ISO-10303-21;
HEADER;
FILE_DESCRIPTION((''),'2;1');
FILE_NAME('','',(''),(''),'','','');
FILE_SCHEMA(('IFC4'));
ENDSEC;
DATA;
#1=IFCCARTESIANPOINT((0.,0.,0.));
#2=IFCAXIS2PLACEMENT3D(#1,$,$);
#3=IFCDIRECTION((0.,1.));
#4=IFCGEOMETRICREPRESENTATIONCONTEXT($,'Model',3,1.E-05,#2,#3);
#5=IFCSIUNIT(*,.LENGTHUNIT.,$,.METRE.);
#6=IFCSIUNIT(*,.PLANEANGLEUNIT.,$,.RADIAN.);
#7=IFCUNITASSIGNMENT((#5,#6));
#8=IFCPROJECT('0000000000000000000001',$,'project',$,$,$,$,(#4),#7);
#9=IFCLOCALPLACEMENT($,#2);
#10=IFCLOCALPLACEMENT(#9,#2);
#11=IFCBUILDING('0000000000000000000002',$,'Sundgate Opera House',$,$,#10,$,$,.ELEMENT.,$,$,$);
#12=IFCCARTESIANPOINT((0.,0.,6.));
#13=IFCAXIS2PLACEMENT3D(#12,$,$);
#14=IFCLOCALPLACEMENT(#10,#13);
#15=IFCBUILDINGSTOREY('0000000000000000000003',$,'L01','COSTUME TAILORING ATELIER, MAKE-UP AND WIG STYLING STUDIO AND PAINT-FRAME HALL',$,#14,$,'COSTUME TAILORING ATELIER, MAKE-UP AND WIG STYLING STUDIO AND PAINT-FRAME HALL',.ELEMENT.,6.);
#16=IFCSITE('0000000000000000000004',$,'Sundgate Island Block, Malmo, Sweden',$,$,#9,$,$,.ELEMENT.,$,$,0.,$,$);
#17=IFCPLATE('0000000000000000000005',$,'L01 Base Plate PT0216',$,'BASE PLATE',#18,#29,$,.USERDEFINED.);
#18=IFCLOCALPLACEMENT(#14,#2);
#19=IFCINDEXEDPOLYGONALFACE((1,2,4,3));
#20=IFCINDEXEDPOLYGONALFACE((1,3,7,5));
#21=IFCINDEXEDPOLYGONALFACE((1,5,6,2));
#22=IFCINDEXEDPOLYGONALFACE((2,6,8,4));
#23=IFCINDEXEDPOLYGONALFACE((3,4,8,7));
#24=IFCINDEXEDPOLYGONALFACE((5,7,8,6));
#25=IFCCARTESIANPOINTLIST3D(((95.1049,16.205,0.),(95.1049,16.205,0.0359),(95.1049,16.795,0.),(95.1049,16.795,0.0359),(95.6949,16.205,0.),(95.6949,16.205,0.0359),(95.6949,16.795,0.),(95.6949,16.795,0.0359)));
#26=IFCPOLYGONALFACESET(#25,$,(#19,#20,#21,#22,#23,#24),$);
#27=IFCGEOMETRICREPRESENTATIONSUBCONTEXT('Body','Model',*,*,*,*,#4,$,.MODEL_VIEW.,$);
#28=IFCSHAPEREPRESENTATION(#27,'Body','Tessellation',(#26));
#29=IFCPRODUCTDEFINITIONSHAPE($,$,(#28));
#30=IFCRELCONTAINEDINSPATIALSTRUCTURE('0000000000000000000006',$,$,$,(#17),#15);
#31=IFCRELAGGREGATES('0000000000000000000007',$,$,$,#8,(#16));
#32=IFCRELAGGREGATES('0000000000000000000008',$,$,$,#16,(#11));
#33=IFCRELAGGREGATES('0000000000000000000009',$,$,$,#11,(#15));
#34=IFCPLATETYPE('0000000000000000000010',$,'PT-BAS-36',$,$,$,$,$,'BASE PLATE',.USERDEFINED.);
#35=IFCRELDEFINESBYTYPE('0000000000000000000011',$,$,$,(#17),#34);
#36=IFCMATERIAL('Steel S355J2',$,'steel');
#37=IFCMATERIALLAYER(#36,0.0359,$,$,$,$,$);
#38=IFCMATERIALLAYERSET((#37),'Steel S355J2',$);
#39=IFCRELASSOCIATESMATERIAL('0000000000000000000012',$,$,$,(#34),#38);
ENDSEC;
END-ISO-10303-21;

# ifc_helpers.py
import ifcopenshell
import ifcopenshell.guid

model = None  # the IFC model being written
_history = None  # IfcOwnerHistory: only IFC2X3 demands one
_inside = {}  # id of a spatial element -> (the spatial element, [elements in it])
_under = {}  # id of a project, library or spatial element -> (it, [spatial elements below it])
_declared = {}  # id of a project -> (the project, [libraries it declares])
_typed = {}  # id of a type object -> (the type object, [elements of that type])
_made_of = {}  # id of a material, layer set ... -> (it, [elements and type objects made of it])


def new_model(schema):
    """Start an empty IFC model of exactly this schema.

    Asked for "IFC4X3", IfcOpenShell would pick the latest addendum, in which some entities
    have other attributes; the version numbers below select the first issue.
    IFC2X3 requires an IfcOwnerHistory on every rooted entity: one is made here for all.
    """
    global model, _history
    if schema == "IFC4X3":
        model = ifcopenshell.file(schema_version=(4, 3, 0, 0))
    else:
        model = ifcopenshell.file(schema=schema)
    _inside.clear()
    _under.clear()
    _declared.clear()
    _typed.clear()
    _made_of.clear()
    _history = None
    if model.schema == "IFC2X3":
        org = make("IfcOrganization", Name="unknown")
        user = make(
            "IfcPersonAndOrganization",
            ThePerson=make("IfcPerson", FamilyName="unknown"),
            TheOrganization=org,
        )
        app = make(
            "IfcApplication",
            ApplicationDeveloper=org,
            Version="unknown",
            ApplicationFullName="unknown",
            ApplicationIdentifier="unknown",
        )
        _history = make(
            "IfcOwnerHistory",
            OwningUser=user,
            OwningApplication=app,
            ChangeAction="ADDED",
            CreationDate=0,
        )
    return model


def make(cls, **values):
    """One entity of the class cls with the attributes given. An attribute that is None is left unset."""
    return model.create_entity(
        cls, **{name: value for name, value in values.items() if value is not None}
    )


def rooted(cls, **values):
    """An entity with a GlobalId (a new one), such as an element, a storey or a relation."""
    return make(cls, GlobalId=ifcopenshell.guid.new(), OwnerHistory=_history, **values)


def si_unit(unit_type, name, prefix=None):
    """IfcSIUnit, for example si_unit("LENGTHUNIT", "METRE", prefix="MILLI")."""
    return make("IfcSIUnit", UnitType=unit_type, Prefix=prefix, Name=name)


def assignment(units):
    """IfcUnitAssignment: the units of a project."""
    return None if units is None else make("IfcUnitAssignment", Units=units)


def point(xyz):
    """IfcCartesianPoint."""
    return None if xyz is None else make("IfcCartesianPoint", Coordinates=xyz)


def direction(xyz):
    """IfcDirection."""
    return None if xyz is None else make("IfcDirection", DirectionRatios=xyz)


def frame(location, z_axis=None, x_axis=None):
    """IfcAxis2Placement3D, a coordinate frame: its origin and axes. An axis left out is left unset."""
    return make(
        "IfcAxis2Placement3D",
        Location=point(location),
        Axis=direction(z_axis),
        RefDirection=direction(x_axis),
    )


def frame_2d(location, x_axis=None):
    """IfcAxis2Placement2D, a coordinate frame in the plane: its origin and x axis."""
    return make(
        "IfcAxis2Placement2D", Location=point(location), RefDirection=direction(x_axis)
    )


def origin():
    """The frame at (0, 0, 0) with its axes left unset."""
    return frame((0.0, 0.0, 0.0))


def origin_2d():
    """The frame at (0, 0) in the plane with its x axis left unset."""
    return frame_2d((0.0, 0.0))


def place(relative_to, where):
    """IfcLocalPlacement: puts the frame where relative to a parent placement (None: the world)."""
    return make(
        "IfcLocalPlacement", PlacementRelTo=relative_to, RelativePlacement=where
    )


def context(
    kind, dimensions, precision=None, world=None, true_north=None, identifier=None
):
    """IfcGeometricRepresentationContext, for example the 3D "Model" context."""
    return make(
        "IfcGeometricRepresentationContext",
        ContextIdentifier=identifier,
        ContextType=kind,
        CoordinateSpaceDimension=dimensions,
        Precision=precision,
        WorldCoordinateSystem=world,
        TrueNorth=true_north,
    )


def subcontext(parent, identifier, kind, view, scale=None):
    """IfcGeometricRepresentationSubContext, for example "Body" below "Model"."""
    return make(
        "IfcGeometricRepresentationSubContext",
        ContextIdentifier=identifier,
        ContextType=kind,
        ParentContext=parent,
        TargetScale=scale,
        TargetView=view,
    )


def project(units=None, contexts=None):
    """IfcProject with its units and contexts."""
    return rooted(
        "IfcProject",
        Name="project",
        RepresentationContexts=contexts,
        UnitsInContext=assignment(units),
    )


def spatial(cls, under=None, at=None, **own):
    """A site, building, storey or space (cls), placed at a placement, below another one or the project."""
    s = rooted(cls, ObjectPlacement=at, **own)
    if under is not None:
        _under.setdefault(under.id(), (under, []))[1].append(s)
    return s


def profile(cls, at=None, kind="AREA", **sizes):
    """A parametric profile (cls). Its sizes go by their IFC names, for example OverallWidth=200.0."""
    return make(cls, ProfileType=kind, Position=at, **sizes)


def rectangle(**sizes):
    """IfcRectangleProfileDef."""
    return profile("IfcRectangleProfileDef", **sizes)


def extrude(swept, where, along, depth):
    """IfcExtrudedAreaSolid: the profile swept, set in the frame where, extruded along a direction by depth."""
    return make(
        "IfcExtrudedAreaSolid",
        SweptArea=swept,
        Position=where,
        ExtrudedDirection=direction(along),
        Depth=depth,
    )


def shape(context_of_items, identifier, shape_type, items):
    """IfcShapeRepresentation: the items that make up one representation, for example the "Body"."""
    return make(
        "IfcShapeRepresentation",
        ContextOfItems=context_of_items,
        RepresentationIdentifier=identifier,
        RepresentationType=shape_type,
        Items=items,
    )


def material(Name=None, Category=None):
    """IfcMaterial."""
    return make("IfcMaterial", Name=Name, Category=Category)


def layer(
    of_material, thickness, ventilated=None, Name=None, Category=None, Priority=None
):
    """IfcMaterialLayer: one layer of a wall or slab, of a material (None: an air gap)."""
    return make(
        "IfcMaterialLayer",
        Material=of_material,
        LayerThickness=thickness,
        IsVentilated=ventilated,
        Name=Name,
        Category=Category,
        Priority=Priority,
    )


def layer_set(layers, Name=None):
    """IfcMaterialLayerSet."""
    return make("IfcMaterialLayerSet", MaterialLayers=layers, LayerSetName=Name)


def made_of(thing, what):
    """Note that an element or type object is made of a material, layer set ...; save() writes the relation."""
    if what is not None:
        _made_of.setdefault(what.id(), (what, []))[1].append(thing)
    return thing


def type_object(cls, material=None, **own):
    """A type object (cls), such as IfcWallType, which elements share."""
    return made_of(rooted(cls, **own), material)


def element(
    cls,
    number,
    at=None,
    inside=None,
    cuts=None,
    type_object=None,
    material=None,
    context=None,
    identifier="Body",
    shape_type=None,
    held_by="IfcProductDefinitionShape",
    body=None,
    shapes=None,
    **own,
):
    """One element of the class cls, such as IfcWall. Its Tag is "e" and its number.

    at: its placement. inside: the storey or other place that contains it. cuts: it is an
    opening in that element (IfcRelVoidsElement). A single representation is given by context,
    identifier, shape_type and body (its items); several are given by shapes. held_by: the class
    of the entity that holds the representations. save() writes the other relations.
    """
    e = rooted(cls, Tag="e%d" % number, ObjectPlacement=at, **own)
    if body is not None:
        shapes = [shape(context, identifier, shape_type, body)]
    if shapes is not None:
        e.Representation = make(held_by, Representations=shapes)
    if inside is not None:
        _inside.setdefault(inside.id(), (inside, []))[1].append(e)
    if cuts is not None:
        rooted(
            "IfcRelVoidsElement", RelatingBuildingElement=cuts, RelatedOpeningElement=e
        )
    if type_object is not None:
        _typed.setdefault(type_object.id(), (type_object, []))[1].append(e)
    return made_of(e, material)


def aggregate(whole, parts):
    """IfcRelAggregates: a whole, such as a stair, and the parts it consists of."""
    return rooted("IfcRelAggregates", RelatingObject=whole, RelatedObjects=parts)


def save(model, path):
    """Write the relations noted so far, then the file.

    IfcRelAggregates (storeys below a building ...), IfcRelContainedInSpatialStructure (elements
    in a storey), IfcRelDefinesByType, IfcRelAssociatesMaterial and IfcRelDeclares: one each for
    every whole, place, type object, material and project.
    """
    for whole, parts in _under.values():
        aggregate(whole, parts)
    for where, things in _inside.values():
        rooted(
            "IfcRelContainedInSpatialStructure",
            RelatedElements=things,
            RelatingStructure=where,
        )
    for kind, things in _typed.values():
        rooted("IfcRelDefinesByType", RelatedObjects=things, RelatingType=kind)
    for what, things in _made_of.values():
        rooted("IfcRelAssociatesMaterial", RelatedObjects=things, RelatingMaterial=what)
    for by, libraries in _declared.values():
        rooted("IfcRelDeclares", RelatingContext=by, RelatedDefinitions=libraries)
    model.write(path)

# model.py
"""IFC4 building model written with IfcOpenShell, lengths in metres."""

from ifc_helpers import new_model, si_unit, direction, frame, origin, origin_2d, place, context, subcontext, project, spatial, rectangle, extrude, material, layer, layer_set, type_object, element, save


model = new_model("IFC4")

# Units and contexts
model_context = context("Model", 3, precision=1e-05, world=origin(), true_north=direction((0.0, 1.0)))
body_context = subcontext(model_context, "Body", "Model", "MODEL_VIEW")
ifc_project = project(units=[si_unit("LENGTHUNIT", "METRE"), si_unit("PLANEANGLEUNIT", "RADIAN")], contexts=[model_context])

# Site, building, storey
site_placement = place(None, origin())
site = spatial("IfcSite", under=ifc_project, at=site_placement, Name="Sundgate Island Block, Malmo, Sweden", CompositionType="ELEMENT", RefElevation=0.0)
building_placement = place(site_placement, origin())
building = spatial("IfcBuilding", under=site, at=building_placement, Name="Sundgate Opera House", CompositionType="ELEMENT")
storey_placement = place(building_placement, frame((0.0, 0.0, 6.0)))
storey = spatial("IfcBuildingStorey", under=building, at=storey_placement, Name="L01", Description="COSTUME TAILORING ATELIER, MAKE-UP AND WIG STYLING STUDIO AND PAINT-FRAME HALL", LongName="COSTUME TAILORING ATELIER, MAKE-UP AND WIG STYLING STUDIO AND PAINT-FRAME HALL", CompositionType="ELEMENT", Elevation=6.0)

# Plate
ifc_material_1 = material(Name="Steel S355J2", Category="steel")
ifc_layer_1 = layer(ifc_material_1, 0.0359)
ifc_layer_set_1 = layer_set([ifc_layer_1], Name="Steel S355J2")
plate_type_1 = type_object("IfcPlateType", Name="PT-BAS-36", ElementType="BASE PLATE", PredefinedType="USERDEFINED", material=ifc_layer_set_1)
plate_1_placement = place(storey_placement, frame((95.3999, 16.5, 0.0), z_axis=(0.0, 0.0, 1.0), x_axis=(1.0, 0.0, 0.0)))
element("IfcPlate", 1, at=plate_1_placement, inside=storey, type_object=plate_type_1, Name="L01 Base Plate PT0216", ObjectType="BASE PLATE", PredefinedType="USERDEFINED", context=body_context, shape_type="SweptSolid", body=[
    extrude(rectangle(XDim=0.5901, YDim=0.5901, at=origin_2d()), origin(), (0.0, 0.0, 1.0), 0.0359),
])

save(model, "model.ifc")
